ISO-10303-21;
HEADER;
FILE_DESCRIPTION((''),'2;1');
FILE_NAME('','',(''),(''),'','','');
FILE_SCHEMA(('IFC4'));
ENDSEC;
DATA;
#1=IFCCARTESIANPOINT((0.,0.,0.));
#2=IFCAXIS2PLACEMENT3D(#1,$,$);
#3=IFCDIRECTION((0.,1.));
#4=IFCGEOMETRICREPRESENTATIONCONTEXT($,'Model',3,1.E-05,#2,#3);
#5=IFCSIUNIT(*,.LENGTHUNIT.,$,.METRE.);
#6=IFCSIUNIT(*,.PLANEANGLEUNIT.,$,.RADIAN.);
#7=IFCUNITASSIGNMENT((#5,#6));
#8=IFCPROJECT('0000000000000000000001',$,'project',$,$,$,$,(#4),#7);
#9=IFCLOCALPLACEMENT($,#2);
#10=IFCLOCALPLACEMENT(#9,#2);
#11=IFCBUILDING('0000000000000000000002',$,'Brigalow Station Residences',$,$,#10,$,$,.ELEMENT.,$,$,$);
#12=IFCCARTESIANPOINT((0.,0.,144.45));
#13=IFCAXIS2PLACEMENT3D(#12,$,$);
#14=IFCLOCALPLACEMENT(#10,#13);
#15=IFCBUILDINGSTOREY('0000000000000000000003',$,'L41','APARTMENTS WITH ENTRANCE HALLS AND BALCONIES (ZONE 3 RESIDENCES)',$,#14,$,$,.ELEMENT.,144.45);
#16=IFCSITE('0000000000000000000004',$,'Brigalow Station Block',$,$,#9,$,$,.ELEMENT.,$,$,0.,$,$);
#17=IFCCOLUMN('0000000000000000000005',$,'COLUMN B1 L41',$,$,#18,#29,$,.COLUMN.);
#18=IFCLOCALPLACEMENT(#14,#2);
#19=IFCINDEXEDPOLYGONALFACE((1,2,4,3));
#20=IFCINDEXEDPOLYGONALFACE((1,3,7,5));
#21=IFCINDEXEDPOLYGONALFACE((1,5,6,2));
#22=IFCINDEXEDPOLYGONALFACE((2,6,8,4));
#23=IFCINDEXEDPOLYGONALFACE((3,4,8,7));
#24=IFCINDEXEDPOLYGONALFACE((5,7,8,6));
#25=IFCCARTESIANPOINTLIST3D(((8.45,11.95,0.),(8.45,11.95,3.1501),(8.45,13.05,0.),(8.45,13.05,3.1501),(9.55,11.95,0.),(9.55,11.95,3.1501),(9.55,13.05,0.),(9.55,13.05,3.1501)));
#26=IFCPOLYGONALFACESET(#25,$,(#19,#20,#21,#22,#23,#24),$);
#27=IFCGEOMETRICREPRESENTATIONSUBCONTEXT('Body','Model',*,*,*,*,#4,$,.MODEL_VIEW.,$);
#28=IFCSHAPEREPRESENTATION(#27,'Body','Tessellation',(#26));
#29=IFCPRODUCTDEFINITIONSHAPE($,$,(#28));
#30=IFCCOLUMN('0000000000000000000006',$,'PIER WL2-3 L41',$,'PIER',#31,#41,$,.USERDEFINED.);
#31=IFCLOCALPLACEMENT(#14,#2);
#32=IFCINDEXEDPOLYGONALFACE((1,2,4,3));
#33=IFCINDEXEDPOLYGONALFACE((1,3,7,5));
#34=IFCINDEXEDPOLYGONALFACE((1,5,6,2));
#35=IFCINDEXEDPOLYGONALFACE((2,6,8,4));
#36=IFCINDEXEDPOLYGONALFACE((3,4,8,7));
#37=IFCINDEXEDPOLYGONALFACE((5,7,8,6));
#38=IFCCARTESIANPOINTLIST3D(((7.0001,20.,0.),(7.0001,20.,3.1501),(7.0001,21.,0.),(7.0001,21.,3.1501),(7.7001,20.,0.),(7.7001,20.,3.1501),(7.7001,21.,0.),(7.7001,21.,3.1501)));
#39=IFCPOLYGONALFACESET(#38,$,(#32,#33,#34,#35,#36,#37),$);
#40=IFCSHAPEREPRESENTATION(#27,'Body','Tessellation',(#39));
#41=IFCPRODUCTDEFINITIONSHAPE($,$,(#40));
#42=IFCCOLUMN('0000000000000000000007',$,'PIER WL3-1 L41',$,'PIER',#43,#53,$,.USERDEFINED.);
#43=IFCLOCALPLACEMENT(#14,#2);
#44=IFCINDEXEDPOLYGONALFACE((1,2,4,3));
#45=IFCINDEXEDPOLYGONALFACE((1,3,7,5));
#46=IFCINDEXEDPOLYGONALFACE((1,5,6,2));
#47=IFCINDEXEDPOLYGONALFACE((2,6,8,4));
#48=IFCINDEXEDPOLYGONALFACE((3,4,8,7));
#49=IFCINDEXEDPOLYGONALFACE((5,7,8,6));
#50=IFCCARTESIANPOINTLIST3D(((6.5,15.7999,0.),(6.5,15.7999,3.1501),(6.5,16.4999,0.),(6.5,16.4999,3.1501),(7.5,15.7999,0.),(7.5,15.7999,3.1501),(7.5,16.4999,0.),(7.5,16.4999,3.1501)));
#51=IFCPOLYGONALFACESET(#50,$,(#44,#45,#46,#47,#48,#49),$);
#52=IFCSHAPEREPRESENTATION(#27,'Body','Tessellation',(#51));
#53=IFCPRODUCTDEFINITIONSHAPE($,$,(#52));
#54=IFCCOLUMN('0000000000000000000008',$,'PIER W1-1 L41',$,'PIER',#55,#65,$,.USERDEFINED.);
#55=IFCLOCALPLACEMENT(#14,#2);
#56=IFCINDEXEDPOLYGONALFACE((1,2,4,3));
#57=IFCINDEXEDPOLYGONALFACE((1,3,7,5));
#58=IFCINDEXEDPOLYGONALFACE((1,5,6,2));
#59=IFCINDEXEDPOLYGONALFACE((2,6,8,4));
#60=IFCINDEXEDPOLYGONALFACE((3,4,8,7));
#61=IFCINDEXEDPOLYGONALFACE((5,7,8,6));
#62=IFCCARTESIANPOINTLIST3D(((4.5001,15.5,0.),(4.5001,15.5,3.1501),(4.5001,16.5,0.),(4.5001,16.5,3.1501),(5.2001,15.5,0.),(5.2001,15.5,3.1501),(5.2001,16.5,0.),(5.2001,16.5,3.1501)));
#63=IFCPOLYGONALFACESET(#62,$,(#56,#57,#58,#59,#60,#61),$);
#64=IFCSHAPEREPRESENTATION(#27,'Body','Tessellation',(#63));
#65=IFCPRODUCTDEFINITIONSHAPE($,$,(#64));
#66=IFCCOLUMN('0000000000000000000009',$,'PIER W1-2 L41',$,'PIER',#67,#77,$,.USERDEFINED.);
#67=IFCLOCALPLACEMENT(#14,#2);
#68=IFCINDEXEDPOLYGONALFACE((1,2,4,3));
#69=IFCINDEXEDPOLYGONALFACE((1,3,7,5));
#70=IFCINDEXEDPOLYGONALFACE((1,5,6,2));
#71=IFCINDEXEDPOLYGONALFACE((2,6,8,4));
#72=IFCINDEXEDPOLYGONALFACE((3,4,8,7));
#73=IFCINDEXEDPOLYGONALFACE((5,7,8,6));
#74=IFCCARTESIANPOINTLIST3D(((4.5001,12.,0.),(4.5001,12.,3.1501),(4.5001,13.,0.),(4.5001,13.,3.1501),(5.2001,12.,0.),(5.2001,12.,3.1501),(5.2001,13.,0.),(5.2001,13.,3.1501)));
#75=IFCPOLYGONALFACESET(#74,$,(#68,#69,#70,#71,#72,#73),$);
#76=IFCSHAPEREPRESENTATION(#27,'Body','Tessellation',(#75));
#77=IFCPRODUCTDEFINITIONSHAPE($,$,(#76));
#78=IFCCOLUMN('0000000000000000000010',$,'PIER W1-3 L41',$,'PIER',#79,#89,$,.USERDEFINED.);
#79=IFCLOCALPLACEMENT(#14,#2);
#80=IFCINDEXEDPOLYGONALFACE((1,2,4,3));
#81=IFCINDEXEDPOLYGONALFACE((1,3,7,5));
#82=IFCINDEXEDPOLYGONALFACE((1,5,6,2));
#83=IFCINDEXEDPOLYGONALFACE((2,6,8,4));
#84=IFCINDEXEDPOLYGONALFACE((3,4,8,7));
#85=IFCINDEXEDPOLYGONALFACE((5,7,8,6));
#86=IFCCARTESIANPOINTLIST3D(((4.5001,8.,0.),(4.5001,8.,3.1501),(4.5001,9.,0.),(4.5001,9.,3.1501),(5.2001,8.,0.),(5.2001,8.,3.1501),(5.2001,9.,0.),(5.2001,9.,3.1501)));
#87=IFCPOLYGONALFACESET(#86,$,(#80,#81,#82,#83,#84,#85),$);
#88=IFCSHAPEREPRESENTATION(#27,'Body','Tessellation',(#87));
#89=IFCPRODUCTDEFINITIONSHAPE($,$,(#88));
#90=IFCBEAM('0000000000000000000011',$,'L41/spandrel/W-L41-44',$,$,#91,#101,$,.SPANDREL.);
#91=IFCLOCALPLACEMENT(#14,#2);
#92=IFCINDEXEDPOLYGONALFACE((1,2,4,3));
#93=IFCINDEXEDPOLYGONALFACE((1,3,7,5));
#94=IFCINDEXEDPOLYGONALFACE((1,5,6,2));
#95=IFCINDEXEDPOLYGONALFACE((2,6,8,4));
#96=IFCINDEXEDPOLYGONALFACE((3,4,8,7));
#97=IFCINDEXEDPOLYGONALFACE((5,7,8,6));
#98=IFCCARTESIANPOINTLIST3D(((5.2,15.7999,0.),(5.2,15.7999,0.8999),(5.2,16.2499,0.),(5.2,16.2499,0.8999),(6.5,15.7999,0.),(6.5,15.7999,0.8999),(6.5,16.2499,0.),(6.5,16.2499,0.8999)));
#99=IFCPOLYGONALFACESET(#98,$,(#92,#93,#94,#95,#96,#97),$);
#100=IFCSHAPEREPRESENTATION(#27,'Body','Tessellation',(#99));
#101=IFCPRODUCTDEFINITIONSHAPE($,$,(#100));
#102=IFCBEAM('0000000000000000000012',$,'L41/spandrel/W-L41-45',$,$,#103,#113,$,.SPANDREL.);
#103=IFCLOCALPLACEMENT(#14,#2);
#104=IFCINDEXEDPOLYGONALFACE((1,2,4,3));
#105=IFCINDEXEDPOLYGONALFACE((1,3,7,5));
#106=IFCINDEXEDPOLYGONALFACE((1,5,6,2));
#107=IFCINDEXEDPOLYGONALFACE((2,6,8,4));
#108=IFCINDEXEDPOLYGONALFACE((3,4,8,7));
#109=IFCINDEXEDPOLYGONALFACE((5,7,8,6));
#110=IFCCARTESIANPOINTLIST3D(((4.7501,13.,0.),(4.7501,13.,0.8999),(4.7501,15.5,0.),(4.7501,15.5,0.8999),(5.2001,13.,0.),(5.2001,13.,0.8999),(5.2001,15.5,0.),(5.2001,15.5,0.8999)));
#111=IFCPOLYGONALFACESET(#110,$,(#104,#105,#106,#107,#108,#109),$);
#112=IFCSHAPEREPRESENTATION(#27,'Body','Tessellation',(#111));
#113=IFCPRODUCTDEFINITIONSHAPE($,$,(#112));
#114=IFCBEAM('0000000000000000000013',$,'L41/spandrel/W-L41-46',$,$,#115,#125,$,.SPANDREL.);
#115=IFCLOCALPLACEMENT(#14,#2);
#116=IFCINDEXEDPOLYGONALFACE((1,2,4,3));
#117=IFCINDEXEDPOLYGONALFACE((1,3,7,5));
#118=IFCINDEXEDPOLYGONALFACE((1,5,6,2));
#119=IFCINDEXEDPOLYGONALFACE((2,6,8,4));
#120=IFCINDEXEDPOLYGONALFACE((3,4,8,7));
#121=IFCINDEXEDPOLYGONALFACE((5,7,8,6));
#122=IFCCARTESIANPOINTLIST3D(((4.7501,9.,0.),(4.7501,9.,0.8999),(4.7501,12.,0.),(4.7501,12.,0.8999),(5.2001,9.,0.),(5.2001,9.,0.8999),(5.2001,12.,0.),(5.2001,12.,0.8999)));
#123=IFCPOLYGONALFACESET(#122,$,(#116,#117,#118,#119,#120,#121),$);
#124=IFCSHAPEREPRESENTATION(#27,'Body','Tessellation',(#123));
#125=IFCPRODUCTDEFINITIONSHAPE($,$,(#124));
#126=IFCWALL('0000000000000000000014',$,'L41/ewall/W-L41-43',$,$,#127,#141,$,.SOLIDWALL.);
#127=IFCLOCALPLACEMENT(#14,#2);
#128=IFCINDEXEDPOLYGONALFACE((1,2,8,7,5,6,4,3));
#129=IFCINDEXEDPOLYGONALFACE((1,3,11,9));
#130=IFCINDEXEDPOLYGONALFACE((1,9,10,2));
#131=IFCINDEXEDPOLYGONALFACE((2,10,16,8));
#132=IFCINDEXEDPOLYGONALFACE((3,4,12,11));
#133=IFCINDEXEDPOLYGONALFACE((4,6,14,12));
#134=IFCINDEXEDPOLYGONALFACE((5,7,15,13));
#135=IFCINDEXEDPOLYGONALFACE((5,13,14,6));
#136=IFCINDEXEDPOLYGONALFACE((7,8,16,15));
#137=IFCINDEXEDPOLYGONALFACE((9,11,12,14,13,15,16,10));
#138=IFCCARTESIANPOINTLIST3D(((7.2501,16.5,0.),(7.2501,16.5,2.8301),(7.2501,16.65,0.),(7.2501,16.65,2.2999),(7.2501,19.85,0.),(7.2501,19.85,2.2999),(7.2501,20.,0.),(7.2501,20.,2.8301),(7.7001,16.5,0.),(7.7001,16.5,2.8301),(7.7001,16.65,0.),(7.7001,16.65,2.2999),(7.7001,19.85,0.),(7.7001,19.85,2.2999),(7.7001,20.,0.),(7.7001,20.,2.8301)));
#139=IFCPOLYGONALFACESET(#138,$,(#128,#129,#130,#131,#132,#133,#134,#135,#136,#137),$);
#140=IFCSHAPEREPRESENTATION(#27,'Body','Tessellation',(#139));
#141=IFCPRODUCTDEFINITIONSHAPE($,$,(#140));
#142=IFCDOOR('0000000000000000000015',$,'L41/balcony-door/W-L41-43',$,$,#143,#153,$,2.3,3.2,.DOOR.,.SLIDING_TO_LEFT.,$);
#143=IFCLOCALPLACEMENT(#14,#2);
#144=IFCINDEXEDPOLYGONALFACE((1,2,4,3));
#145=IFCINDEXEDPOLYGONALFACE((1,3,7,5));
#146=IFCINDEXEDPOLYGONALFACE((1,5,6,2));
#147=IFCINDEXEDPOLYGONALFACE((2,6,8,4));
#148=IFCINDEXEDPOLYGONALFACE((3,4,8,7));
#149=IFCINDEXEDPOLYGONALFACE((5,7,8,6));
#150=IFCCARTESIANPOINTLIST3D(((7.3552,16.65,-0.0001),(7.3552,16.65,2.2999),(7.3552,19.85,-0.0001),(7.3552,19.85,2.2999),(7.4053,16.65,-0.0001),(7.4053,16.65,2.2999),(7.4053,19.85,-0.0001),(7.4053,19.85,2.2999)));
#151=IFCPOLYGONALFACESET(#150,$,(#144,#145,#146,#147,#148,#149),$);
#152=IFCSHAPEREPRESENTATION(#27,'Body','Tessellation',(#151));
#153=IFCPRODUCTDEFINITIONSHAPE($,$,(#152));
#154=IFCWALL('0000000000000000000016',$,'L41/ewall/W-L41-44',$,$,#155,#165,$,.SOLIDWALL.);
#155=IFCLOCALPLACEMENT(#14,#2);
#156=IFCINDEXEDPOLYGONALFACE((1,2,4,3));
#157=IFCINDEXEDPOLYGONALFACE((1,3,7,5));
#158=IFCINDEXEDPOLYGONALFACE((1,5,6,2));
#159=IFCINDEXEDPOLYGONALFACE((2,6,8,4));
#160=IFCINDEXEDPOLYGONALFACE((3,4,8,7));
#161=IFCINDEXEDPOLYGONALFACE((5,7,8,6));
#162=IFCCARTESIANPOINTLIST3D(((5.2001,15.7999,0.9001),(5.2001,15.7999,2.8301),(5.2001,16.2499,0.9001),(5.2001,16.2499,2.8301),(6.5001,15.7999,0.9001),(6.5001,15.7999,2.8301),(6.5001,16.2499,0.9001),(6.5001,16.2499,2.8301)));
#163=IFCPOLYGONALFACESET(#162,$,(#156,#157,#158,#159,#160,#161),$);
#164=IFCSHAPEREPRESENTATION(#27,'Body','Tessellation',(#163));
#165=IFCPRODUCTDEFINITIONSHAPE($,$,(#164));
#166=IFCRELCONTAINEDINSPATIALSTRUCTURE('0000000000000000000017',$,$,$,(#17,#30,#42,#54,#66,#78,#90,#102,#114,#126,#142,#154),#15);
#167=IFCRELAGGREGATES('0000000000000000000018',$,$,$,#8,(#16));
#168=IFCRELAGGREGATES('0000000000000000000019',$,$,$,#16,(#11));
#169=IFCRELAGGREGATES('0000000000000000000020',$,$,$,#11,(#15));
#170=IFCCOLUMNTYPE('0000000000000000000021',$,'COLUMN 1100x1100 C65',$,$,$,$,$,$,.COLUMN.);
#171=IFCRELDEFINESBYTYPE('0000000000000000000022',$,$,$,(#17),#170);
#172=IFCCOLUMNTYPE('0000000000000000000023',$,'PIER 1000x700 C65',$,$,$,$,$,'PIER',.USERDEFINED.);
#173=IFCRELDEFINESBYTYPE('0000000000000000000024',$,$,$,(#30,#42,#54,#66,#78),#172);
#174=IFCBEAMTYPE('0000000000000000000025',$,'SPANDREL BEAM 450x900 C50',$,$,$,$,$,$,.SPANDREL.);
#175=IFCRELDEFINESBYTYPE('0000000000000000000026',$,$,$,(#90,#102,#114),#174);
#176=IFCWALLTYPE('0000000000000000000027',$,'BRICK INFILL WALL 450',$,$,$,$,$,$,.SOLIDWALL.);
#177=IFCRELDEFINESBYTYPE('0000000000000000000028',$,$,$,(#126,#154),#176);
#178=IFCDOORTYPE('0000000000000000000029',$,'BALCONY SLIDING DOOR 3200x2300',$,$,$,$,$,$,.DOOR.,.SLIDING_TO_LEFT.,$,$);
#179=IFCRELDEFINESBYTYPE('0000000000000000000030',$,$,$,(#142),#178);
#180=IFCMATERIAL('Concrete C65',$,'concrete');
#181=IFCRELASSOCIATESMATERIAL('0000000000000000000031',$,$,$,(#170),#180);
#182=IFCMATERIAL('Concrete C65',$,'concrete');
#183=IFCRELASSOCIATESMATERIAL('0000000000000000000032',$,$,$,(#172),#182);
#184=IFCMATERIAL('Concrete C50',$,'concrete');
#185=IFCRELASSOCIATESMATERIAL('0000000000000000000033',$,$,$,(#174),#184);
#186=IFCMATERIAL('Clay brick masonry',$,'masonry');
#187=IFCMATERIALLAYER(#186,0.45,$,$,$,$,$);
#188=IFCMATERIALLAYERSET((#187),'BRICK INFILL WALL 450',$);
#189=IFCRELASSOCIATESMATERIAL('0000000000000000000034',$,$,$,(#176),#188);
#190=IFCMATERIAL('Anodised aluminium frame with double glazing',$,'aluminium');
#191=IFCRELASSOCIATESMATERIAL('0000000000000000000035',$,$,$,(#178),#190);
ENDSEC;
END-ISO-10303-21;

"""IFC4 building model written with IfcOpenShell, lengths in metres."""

from ifc_helpers import new_model, si_unit, direction, frame, frame_2d, origin, origin_2d, place, context, subcontext, project, spatial, rectangle, extrude, material, layer, layer_set, material_profile, profile_set, type_object, element, fill, save


model = new_model("IFC4")

# Units and contexts
model_context = context("Model", 3, precision=1e-05, world=origin(), true_north=direction((0.0, 1.0)))
body_context = subcontext(model_context, "Body", "Model", "MODEL_VIEW")
ifc_project = project(units=[si_unit("LENGTHUNIT", "METRE"), si_unit("PLANEANGLEUNIT", "RADIAN")], contexts=[model_context])

# Site, building, storey
site_placement = place(None, origin())
site = spatial("IfcSite", under=ifc_project, at=site_placement, Name="Brigalow Station Block", CompositionType="ELEMENT", RefElevation=0.0)
building_placement = place(site_placement, origin())
building = spatial("IfcBuilding", under=site, at=building_placement, Name="Brigalow Station Residences", CompositionType="ELEMENT")
storey_placement = place(building_placement, frame((0.0, 0.0, 144.45)))
storey = spatial("IfcBuildingStorey", under=building, at=storey_placement, Name="L41", Description="APARTMENTS WITH ENTRANCE HALLS AND BALCONIES (ZONE 3 RESIDENCES)", CompositionType="ELEMENT", Elevation=144.45)

# Columns
ifc_material_1 = material(Name="Concrete C65", Category="concrete")
ifc_material_profile_1 = material_profile(ifc_material_1, rectangle(XDim=1.1001, YDim=1.1001, at=origin_2d()), Name="RC1100x1100")
ifc_profile_set_1 = profile_set([ifc_material_profile_1], Name="Concrete C65")
column_type_1 = type_object("IfcColumnType", Name="COLUMN 1100x1100 C65", PredefinedType="COLUMN", material=ifc_profile_set_1)
column_placement = place(storey_placement, frame((9.0, 12.5, 0.0), z_axis=(0.0, 0.0, 1.0), x_axis=(1.0, 0.0, 0.0)))
element("IfcColumn", 1, at=column_placement, inside=storey, type_object=column_type_1, Name="COLUMN B1 L41", PredefinedType="COLUMN", context=body_context, shape_type="SweptSolid", body=[
    extrude(rectangle(XDim=1.1001, YDim=1.1001, at=origin_2d()), origin(), (0.0, 0.0, 1.0), 3.1501),
])
ifc_material_2 = material(Name="Concrete C65", Category="concrete")
ifc_material_profile_2 = material_profile(ifc_material_2, rectangle(XDim=1.0, YDim=0.7, at=origin_2d()), Name="RC1000x700")
ifc_profile_set_2 = profile_set([ifc_material_profile_2], Name="Concrete C65")
column_type_2 = type_object("IfcColumnType", Name="PIER 1000x700 C65", ElementType="PIER", PredefinedType="USERDEFINED", material=ifc_profile_set_2)
for number, where, z_axis, x_axis, name in (
    (2, (7.3501, 20.5, 0.0), (0.0, 0.0, 1.0), (0.0, -1.0, 0.0), "PIER WL2-3 L41"),
    (3, (7.0, 16.1499, 0.0), (0.0, 0.0, 1.0), (-1.0, 0.0, 0.0), "PIER WL3-1 L41"),
    (4, (4.8501, 16.0, 0.0), (0.0, 0.0, 1.0), (0.0, -1.0, 0.0), "PIER W1-1 L41"),
    (5, (4.8501, 12.5, 0.0), (0.0, 0.0, 1.0), (0.0, -1.0, 0.0), "PIER W1-2 L41"),
    (6, (4.8501, 8.5, 0.0), (0.0, 0.0, 1.0), (0.0, -1.0, 0.0), "PIER W1-3 L41"),
):
    element("IfcColumn", number, at=place(storey_placement, frame(where, z_axis=z_axis, x_axis=x_axis)), inside=storey, type_object=column_type_2, Name=name, ObjectType="PIER", PredefinedType="USERDEFINED", context=body_context, shape_type="SweptSolid", body=[
        extrude(rectangle(XDim=1.0, YDim=0.7, at=origin_2d()), origin(), (0.0, 0.0, 1.0), 3.1501),
    ])

# Beams
ifc_material_3 = material(Name="Concrete C50", Category="concrete")
ifc_material_profile_3 = material_profile(ifc_material_3, rectangle(XDim=0.45, YDim=0.8999, at=origin_2d()), Name="RC450x900")
ifc_profile_set_3 = profile_set([ifc_material_profile_3], Name="Concrete C50")
beam_type = type_object("IfcBeamType", Name="SPANDREL BEAM 450x900 C50", PredefinedType="SPANDREL", material=ifc_profile_set_3)
beam_1_placement = place(storey_placement, frame((6.5, 16.0249, 0.45), z_axis=(-1.0, 0.0, 0.0), x_axis=(0.0, -1.0, 0.0)))
element("IfcBeam", 7, at=beam_1_placement, inside=storey, type_object=beam_type, Name="L41/spandrel/W-L41-44", PredefinedType="SPANDREL", context=body_context, shape_type="SweptSolid", body=[
    extrude(rectangle(XDim=0.45, YDim=0.8999, at=origin_2d()), origin(), (0.0, 0.0, 1.0), 1.3),
])
beam_2_placement = place(storey_placement, frame((4.9751, 15.5, 0.45), z_axis=(0.0, -1.0, 0.0), x_axis=(1.0, 0.0, 0.0)))
element("IfcBeam", 8, at=beam_2_placement, inside=storey, type_object=beam_type, Name="L41/spandrel/W-L41-45", PredefinedType="SPANDREL", context=body_context, shape_type="SweptSolid", body=[
    extrude(rectangle(XDim=0.45, YDim=0.8999, at=origin_2d()), origin(), (0.0, 0.0, 1.0), 2.5),
])
beam_3_placement = place(storey_placement, frame((4.9751, 12.0, 0.45), z_axis=(0.0, -1.0, 0.0), x_axis=(1.0, 0.0, 0.0)))
element("IfcBeam", 9, at=beam_3_placement, inside=storey, type_object=beam_type, Name="L41/spandrel/W-L41-46", PredefinedType="SPANDREL", context=body_context, shape_type="SweptSolid", body=[
    extrude(rectangle(XDim=0.45, YDim=0.8999, at=origin_2d()), origin(), (0.0, 0.0, 1.0), 3.0),
])

# Wall, opening, door
ifc_material_4 = material(Name="Clay brick masonry", Category="masonry")
ifc_layer_1 = layer(ifc_material_4, 0.45)
ifc_layer_set_1 = layer_set([ifc_layer_1], Name="BRICK INFILL WALL 450")
wall_type_1 = type_object("IfcWallType", Name="BRICK INFILL WALL 450", PredefinedType="SOLIDWALL", material=ifc_layer_set_1)
wall_1_placement = place(storey_placement, frame((7.4751, 20.0, 0.0), z_axis=(0.0, 0.0, 1.0), x_axis=(0.0, -1.0, 0.0)))
wall_1 = element("IfcWall", 10, at=wall_1_placement, inside=storey, type_object=wall_type_1, Name="L41/ewall/W-L41-43", PredefinedType="SOLIDWALL", context=body_context, shape_type="SweptSolid", body=[
    extrude(rectangle(XDim=3.5, YDim=0.45, at=frame_2d((1.75, 0.0))), origin(), (0.0, 0.0, 1.0), 2.8301),
])
opening_1_placement = place(wall_1_placement, frame((0.1499, 0.0, 0.0)))
opening_1 = element("IfcOpeningElement", 11, at=opening_1_placement, cuts=wall_1, PredefinedType="OPENING", context=body_context, shape_type="SweptSolid", body=[
    extrude(rectangle(XDim=3.2, YDim=2.3, at=frame_2d((1.6001, 1.1499))), frame((0.0, 0.2349, 0.0), z_axis=(0.0, -1.0, 0.0), x_axis=(1.0, 0.0, 0.0)), (0.0, 0.0, 1.0), 0.47),
])
ifc_material_5 = material(Name="Anodised aluminium frame with double glazing", Category="aluminium")
door_type_1 = type_object("IfcDoorType", Name="BALCONY SLIDING DOOR 3200x2300", OperationType="SLIDING_TO_LEFT", PredefinedType="DOOR", material=ifc_material_5)
door_1_placement = place(opening_1_placement, origin())
door_1 = element("IfcDoor", 12, at=door_1_placement, inside=storey, type_object=door_type_1, Name="L41/balcony-door/W-L41-43", OperationType="SLIDING_TO_LEFT", OverallHeight=2.3, OverallWidth=3.2, PredefinedType="DOOR", context=body_context, shape_type="SweptSolid", body=[
    extrude(rectangle(XDim=3.2, YDim=2.3, at=frame_2d((1.6001, 1.1499))), frame((0.0, -0.0698, 0.0), z_axis=(0.0, -1.0, 0.0), x_axis=(1.0, 0.0, 0.0)), (0.0, 0.0, 1.0), 0.05),
])
fill(opening_1, door_1)

# Wall
wall_2_placement = place(storey_placement, frame((6.5, 16.0249, 0.9001), z_axis=(0.0, 0.0, 1.0), x_axis=(-1.0, 0.0, 0.0)))
element("IfcWall", 13, at=wall_2_placement, inside=storey, type_object=wall_type_1, Name="L41/ewall/W-L41-44", PredefinedType="SOLIDWALL", context=body_context, shape_type="SweptSolid", body=[
    extrude(rectangle(XDim=1.3, YDim=0.45, at=frame_2d((0.6499, 0.0))), origin(), (0.0, 0.0, 1.0), 1.9299),
])

save(model, "model.ifc")
